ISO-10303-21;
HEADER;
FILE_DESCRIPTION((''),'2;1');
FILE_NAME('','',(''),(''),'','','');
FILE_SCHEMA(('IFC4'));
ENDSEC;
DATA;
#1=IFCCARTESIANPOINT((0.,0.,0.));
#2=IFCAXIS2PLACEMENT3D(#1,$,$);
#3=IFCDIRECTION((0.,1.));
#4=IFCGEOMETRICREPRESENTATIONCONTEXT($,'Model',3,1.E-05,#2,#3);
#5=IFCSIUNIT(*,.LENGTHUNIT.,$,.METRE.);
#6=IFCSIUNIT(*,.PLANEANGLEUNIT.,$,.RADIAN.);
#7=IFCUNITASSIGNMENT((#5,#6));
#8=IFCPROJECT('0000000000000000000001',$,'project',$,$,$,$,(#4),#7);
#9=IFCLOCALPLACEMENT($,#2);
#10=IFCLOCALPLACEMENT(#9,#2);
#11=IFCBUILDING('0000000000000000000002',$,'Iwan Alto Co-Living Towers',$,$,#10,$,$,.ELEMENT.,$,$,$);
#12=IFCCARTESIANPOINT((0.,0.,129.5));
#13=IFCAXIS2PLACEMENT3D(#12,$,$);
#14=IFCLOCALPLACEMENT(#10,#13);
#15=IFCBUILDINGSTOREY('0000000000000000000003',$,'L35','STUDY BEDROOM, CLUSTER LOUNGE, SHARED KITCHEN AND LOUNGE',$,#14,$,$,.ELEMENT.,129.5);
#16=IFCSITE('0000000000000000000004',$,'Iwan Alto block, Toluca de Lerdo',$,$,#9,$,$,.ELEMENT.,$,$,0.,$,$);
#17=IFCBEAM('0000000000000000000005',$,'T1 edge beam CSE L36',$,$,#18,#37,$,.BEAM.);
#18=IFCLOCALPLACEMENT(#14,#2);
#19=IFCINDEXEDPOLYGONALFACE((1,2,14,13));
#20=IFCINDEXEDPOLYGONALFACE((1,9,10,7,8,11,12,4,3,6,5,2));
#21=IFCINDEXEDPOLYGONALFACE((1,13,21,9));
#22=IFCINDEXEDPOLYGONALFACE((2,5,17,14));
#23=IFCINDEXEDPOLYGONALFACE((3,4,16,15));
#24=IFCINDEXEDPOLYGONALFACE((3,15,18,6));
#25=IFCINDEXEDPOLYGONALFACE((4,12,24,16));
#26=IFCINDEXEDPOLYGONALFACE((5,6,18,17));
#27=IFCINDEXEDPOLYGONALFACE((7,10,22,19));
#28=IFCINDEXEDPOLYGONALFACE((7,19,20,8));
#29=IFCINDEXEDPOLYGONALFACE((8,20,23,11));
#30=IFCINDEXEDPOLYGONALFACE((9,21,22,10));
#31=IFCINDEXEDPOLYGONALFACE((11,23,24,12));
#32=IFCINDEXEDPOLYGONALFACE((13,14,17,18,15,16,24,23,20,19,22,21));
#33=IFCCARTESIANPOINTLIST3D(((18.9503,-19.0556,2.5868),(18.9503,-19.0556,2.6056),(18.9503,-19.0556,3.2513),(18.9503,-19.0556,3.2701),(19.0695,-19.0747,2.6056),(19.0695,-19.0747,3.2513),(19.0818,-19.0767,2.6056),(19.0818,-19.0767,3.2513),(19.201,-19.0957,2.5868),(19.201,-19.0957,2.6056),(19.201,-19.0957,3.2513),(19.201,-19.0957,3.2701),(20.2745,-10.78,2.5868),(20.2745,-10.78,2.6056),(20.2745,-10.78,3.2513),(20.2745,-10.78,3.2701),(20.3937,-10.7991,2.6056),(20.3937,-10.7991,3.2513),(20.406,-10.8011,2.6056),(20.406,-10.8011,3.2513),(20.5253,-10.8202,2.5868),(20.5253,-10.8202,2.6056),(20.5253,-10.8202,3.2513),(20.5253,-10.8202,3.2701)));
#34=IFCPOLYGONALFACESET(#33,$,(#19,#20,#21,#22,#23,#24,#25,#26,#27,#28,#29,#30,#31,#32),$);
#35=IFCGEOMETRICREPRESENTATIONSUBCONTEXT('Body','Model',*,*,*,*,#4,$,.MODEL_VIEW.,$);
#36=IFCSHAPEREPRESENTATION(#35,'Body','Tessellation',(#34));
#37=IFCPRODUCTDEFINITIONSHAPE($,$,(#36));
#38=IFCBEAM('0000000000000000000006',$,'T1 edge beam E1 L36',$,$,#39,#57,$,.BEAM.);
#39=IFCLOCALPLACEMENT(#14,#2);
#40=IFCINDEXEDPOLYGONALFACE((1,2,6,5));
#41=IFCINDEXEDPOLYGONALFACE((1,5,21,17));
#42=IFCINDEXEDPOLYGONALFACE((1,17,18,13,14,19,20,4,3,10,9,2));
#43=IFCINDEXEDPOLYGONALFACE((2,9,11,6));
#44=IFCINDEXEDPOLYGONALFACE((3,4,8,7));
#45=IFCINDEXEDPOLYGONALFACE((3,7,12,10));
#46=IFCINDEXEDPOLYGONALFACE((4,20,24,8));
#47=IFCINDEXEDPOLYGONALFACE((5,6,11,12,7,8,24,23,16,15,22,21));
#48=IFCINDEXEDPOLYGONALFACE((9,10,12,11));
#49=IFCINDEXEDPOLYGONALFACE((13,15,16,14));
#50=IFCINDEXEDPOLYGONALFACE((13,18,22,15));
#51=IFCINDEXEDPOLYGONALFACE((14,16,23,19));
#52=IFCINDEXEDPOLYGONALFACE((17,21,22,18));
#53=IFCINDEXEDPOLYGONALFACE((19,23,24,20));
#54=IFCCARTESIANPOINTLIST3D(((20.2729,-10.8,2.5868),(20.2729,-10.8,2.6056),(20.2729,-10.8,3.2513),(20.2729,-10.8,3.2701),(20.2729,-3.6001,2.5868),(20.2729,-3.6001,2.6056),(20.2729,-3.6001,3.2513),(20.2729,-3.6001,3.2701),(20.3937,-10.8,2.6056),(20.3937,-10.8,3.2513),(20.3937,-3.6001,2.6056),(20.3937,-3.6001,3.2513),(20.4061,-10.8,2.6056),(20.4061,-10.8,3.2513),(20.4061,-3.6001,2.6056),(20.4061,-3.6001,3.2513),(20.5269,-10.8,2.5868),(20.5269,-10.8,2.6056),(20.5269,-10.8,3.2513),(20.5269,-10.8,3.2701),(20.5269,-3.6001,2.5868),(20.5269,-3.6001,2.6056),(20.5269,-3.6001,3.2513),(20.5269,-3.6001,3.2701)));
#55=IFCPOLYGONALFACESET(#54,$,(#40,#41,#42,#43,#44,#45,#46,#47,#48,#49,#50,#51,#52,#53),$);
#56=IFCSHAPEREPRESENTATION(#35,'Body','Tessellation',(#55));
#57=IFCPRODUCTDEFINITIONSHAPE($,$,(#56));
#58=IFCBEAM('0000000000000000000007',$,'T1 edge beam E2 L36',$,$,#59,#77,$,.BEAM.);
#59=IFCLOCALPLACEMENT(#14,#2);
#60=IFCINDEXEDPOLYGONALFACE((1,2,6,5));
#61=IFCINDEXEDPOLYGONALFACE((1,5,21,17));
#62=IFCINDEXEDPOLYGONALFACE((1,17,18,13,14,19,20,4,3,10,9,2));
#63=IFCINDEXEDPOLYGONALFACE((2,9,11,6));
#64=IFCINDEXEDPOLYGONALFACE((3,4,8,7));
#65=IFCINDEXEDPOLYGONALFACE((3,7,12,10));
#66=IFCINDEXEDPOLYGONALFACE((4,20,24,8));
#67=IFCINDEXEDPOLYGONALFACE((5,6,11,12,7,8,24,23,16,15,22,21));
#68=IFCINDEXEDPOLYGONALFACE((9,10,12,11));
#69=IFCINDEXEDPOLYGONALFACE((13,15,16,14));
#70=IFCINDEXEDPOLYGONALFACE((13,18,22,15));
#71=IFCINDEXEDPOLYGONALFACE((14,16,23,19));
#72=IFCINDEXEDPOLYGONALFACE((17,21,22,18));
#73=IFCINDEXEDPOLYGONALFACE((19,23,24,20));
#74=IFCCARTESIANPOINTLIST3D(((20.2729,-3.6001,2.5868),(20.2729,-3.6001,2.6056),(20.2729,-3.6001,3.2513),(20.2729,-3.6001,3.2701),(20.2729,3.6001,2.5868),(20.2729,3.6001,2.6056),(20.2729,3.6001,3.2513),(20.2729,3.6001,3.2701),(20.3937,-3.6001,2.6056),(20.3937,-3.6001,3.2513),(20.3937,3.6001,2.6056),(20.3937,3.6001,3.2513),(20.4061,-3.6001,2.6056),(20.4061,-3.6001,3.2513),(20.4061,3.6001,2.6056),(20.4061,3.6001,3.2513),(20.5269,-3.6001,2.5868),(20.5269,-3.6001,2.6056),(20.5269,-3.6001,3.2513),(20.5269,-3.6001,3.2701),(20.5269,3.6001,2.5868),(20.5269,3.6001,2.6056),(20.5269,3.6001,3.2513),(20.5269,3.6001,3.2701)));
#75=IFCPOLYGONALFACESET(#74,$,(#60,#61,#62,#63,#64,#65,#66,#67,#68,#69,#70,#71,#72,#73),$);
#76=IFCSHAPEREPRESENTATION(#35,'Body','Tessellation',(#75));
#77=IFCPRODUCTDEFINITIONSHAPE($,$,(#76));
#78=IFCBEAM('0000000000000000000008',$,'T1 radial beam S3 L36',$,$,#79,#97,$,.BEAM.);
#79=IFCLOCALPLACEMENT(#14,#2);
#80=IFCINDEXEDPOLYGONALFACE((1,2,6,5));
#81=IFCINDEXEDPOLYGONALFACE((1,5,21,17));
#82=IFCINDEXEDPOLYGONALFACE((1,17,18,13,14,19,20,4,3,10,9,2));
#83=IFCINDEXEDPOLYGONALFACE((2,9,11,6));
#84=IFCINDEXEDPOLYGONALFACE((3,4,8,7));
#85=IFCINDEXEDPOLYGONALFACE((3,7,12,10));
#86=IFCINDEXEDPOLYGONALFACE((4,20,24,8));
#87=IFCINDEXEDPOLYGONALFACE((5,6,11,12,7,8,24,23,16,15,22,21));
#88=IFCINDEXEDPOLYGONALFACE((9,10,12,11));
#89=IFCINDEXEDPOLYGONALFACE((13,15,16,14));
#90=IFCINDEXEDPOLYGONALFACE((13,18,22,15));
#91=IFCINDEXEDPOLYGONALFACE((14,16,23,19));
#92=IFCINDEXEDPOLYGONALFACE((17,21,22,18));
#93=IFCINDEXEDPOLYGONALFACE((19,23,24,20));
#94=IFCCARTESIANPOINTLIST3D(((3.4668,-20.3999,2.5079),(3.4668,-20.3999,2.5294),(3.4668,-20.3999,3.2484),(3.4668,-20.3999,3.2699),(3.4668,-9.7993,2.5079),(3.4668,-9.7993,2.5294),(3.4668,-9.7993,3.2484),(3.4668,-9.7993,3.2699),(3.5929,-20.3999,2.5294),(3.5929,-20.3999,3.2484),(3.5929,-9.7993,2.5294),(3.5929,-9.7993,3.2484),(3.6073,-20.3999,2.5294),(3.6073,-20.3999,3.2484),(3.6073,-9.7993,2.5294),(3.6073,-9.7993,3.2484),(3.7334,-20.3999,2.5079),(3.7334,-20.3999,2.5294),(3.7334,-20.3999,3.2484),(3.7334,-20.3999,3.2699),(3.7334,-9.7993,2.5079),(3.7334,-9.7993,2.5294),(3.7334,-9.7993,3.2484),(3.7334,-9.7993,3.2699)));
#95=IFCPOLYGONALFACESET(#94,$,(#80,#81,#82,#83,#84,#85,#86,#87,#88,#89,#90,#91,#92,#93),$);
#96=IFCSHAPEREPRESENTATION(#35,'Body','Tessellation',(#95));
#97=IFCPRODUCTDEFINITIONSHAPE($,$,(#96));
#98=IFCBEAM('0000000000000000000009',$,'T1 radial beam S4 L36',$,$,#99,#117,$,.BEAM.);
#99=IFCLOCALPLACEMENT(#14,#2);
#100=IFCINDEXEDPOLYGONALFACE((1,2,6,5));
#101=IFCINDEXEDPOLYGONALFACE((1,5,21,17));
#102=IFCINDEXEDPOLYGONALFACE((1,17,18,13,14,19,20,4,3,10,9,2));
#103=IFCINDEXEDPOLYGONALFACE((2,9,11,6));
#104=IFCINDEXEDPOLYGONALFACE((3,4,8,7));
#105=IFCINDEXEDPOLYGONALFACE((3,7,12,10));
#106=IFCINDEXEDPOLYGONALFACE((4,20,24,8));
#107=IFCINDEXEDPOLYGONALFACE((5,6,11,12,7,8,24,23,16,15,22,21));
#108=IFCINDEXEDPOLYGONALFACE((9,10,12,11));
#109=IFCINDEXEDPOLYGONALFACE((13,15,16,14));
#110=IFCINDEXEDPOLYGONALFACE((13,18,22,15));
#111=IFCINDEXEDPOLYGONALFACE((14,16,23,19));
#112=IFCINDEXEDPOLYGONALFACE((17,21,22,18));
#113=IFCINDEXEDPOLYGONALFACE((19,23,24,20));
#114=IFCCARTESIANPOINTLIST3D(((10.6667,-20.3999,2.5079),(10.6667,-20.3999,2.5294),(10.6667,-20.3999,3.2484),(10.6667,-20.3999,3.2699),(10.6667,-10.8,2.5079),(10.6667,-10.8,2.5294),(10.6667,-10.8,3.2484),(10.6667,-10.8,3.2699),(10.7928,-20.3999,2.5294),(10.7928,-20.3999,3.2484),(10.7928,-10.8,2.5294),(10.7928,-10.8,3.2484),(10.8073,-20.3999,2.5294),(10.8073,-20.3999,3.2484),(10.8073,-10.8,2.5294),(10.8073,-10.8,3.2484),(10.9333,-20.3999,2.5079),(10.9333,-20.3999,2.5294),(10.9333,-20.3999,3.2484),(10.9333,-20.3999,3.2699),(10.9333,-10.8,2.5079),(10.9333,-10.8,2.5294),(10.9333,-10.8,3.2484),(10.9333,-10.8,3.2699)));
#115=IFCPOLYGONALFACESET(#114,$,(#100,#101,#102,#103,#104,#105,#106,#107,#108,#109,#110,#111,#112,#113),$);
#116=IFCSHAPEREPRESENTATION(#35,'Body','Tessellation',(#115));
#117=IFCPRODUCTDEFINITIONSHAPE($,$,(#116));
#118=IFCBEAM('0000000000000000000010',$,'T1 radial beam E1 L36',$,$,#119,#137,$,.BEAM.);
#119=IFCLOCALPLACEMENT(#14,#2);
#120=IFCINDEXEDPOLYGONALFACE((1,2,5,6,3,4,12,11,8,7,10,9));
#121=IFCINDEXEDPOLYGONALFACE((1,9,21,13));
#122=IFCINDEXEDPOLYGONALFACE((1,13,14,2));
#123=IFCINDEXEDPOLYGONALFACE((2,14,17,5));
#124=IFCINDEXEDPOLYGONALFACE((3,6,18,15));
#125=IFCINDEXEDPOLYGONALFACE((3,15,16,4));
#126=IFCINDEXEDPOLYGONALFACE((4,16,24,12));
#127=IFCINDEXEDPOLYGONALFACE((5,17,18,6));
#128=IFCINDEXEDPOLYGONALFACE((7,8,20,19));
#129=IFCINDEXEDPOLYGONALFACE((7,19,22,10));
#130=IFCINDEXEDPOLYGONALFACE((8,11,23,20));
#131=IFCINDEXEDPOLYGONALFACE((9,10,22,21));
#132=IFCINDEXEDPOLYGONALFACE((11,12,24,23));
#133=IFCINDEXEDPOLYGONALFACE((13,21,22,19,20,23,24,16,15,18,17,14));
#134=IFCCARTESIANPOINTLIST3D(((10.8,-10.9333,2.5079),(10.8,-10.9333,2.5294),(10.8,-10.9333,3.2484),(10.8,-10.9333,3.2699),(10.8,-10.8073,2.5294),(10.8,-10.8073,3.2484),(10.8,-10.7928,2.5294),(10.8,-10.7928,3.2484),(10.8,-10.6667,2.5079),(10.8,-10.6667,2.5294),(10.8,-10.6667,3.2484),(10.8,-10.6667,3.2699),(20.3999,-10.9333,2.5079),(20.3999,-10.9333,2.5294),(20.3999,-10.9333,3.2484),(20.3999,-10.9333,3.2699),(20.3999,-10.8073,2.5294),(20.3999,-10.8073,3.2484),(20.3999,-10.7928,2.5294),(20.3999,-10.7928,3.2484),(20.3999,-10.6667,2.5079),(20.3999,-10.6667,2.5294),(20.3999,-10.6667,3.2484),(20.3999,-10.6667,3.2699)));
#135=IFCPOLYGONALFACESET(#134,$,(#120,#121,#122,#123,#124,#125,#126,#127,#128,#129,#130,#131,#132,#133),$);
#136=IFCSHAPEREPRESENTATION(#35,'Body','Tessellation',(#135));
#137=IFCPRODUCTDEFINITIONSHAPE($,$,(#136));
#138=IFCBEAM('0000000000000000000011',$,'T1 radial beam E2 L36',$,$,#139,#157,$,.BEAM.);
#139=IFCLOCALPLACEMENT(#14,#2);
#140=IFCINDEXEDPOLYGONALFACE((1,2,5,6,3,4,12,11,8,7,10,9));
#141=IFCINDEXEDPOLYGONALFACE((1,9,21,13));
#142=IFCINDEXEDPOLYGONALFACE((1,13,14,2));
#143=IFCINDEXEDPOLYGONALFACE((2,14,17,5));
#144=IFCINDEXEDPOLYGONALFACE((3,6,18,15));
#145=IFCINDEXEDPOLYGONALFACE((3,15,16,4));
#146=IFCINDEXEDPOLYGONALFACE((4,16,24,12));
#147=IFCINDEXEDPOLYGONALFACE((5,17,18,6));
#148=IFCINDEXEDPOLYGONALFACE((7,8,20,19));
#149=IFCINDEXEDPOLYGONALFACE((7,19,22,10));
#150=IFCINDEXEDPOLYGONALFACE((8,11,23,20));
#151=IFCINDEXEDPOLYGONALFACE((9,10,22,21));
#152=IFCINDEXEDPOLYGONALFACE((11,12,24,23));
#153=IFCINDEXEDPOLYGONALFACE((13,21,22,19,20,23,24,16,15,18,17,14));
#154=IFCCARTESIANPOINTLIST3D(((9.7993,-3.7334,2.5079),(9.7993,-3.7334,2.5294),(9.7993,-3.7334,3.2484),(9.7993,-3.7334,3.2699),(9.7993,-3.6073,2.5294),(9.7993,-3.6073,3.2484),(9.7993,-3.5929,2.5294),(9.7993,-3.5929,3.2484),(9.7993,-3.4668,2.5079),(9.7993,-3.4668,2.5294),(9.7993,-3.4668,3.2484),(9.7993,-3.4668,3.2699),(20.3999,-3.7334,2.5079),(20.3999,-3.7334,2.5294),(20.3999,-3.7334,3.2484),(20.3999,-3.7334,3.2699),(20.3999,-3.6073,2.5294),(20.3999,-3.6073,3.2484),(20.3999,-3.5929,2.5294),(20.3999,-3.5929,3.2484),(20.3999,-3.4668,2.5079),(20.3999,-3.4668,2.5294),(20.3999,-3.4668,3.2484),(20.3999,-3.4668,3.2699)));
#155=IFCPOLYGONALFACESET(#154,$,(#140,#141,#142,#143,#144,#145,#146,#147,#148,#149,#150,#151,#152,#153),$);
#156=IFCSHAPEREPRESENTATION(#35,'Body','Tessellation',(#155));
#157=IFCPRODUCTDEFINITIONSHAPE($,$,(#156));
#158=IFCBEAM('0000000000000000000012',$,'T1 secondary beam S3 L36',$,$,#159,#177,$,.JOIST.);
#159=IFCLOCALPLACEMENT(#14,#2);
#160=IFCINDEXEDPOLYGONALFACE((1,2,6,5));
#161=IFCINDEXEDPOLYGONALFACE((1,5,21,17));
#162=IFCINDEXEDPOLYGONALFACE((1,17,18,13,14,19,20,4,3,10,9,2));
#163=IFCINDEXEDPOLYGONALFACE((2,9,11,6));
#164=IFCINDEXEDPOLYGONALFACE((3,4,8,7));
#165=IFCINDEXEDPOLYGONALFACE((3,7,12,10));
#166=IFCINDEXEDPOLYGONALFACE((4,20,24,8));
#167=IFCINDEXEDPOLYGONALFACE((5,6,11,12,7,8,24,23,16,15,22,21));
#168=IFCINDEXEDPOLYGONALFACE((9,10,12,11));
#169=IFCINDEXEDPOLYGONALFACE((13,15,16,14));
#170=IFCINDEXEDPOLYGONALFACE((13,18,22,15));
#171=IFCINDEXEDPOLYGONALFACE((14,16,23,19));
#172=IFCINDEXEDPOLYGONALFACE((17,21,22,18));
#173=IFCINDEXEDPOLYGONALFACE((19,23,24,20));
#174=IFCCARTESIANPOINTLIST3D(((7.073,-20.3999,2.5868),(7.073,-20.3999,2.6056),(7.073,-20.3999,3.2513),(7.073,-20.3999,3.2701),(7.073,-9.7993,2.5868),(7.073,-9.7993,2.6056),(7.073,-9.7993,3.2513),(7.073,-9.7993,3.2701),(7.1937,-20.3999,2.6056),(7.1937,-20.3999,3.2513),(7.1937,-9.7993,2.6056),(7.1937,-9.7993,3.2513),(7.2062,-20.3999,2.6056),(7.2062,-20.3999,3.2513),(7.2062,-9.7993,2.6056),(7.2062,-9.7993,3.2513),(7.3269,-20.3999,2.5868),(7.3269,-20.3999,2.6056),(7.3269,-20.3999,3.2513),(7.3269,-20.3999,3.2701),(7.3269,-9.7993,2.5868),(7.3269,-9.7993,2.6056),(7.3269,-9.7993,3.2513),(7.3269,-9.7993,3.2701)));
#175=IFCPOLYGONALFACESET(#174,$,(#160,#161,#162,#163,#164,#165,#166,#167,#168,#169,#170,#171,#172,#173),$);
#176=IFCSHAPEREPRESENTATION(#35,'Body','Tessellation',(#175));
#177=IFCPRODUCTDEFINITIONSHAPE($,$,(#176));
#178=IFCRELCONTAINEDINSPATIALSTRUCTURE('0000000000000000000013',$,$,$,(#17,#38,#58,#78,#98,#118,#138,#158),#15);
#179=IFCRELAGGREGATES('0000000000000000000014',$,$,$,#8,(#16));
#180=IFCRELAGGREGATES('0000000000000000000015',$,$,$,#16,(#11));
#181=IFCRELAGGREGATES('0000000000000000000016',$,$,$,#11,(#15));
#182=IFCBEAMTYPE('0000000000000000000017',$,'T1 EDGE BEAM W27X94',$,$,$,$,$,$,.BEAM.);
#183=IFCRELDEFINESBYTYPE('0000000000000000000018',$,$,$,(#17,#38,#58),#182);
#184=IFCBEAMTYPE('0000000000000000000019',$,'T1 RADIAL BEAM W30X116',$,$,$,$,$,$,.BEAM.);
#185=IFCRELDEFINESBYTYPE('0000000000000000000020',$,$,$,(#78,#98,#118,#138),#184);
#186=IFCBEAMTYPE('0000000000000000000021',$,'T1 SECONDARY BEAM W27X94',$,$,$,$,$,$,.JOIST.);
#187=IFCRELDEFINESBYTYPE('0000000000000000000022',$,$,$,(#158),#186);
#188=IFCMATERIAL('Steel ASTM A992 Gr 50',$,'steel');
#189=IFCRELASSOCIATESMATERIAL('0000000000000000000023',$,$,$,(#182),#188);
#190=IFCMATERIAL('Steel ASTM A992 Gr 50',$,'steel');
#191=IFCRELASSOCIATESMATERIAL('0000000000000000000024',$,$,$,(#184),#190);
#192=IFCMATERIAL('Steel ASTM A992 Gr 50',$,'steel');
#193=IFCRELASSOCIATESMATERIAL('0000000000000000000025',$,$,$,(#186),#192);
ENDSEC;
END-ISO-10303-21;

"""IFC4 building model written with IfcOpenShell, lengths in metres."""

from ifc_helpers import new_model, si_unit, direction, frame, origin, origin_2d, place, context, subcontext, project, spatial, i_section, extrude, material, material_profile, profile_set, type_object, element, save


model = new_model("IFC4")

# Units and contexts
model_context = context("Model", 3, precision=1e-05, world=origin(), true_north=direction((0.0, 1.0)))
body_context = subcontext(model_context, "Body", "Model", "MODEL_VIEW")
ifc_project = project(units=[si_unit("LENGTHUNIT", "METRE"), si_unit("PLANEANGLEUNIT", "RADIAN")], contexts=[model_context])

# Site, building, storey
site_placement = place(None, origin())
site = spatial("IfcSite", under=ifc_project, at=site_placement, Name="Iwan Alto block, Toluca de Lerdo", CompositionType="ELEMENT", RefElevation=0.0)
building_placement = place(site_placement, origin())
building = spatial("IfcBuilding", under=site, at=building_placement, Name="Iwan Alto Co-Living Towers", CompositionType="ELEMENT")
storey_placement = place(building_placement, frame((0.0, 0.0, 129.5)))
storey = spatial("IfcBuildingStorey", under=building, at=storey_placement, Name="L35", Description="STUDY BEDROOM, CLUSTER LOUNGE, SHARED KITCHEN AND LOUNGE", CompositionType="ELEMENT", Elevation=129.5)

# Beams
ifc_material_1 = material(Name="Steel ASTM A992 Gr 50", Category="steel")
ifc_material_profile_1 = material_profile(ifc_material_1, i_section(OverallWidth=0.2539, OverallDepth=0.6833, WebThickness=0.0125, FlangeThickness=0.0188, at=origin_2d()), Name="W27X94")
ifc_profile_set_1 = profile_set([ifc_material_profile_1], Name="Steel ASTM A992 Gr 50")
beam_type_1 = type_object("IfcBeamType", Name="T1 EDGE BEAM W27X94", PredefinedType="BEAM", material=ifc_profile_set_1)
for number, where, z_axis, x_axis, name in (
    (1, (19.0757, -19.0757, 2.9285), (0.158004, 0.987438, 0.0), (-0.987438, 0.158004, 0.0), "T1 edge beam CSE L36"),
):
    element("IfcBeam", number, at=place(storey_placement, frame(where, z_axis=z_axis, x_axis=x_axis)), inside=storey, type_object=beam_type_1, Name=name, PredefinedType="BEAM", context=body_context, shape_type="SweptSolid", body=[
        extrude(i_section(OverallWidth=0.2539, OverallDepth=0.6833, WebThickness=0.0125, FlangeThickness=0.0188, at=origin_2d()), origin(), (0.0, 0.0, 1.0), 8.3809),
    ])
beam_1_placement = place(storey_placement, frame((20.3999, -10.8, 2.9285), z_axis=(0.0, 1.0, 0.0), x_axis=(-1.0, 0.0, 0.0)))
element("IfcBeam", 2, at=beam_1_placement, inside=storey, type_object=beam_type_1, Name="T1 edge beam E1 L36", PredefinedType="BEAM", context=body_context, shape_type="SweptSolid", body=[
    extrude(i_section(OverallWidth=0.2539, OverallDepth=0.6833, WebThickness=0.0125, FlangeThickness=0.0188, at=origin_2d()), origin(), (0.0, 0.0, 1.0), 7.2),
])
beam_2_placement = place(storey_placement, frame((20.3999, -3.6001, 2.9285), z_axis=(0.0, 1.0, 0.0), x_axis=(-1.0, 0.0, 0.0)))
element("IfcBeam", 3, at=beam_2_placement, inside=storey, type_object=beam_type_1, Name="T1 edge beam E2 L36", PredefinedType="BEAM", context=body_context, shape_type="SweptSolid", body=[
    extrude(i_section(OverallWidth=0.2539, OverallDepth=0.6833, WebThickness=0.0125, FlangeThickness=0.0188, at=origin_2d()), origin(), (0.0, 0.0, 1.0), 7.2002),
])
ifc_material_2 = material(Name="Steel ASTM A992 Gr 50", Category="steel")
ifc_material_profile_2 = material_profile(ifc_material_2, i_section(OverallWidth=0.2666, OverallDepth=0.762, WebThickness=0.0144, FlangeThickness=0.0215, at=origin_2d()), Name="W30X116")
ifc_profile_set_2 = profile_set([ifc_material_profile_2], Name="Steel ASTM A992 Gr 50")
beam_type_2 = type_object("IfcBeamType", Name="T1 RADIAL BEAM W30X116", PredefinedType="BEAM", material=ifc_profile_set_2)
beam_3_placement = place(storey_placement, frame((3.6001, -20.3999, 2.8889), z_axis=(0.0, 1.0, 0.0), x_axis=(-1.0, 0.0, 0.0)))
element("IfcBeam", 4, at=beam_3_placement, inside=storey, type_object=beam_type_2, Name="T1 radial beam S3 L36", PredefinedType="BEAM", context=body_context, shape_type="SweptSolid", body=[
    extrude(i_section(OverallWidth=0.2666, OverallDepth=0.762, WebThickness=0.0144, FlangeThickness=0.0215, at=origin_2d()), origin(), (0.0, 0.0, 1.0), 10.6006),
])
for number, where, z_axis, x_axis, name in (
    (5, (10.8, -20.3999, 2.8889), (0.0, 1.0, 0.0), (-1.0, 0.0, 0.0), "T1 radial beam S4 L36"),
    (6, (20.3999, -10.8, 2.8889), (-1.0, 0.0, 0.0), (0.0, -1.0, 0.0), "T1 radial beam E1 L36"),
):
    element("IfcBeam", number, at=place(storey_placement, frame(where, z_axis=z_axis, x_axis=x_axis)), inside=storey, type_object=beam_type_2, Name=name, PredefinedType="BEAM", context=body_context, shape_type="SweptSolid", body=[
        extrude(i_section(OverallWidth=0.2666, OverallDepth=0.762, WebThickness=0.0144, FlangeThickness=0.0215, at=origin_2d()), origin(), (0.0, 0.0, 1.0), 9.5999),
    ])
beam_4_placement = place(storey_placement, frame((20.3999, -3.6001, 2.8889), z_axis=(-1.0, 0.0, 0.0), x_axis=(0.0, -1.0, 0.0)))
element("IfcBeam", 7, at=beam_4_placement, inside=storey, type_object=beam_type_2, Name="T1 radial beam E2 L36", PredefinedType="BEAM", context=body_context, shape_type="SweptSolid", body=[
    extrude(i_section(OverallWidth=0.2666, OverallDepth=0.762, WebThickness=0.0144, FlangeThickness=0.0215, at=origin_2d()), origin(), (0.0, 0.0, 1.0), 10.6006),
])
ifc_material_3 = material(Name="Steel ASTM A992 Gr 50", Category="steel")
ifc_material_profile_3 = material_profile(ifc_material_3, i_section(OverallWidth=0.2539, OverallDepth=0.6833, WebThickness=0.0125, FlangeThickness=0.0188, at=origin_2d()), Name="W27X94")
ifc_profile_set_3 = profile_set([ifc_material_profile_3], Name="Steel ASTM A992 Gr 50")
beam_type_3 = type_object("IfcBeamType", Name="T1 SECONDARY BEAM W27X94", PredefinedType="JOIST", material=ifc_profile_set_3)
for number, where, z_axis, x_axis, name in (
    (8, (7.2, -20.3999, 2.9285), (0.0, 1.0, 0.0), (-1.0, 0.0, 0.0), "T1 secondary beam S3 L36"),
):
    element("IfcBeam", number, at=place(storey_placement, frame(where, z_axis=z_axis, x_axis=x_axis)), inside=storey, type_object=beam_type_3, Name=name, PredefinedType="JOIST", context=body_context, shape_type="SweptSolid", body=[
        extrude(i_section(OverallWidth=0.2539, OverallDepth=0.6833, WebThickness=0.0125, FlangeThickness=0.0188, at=origin_2d()), origin(), (0.0, 0.0, 1.0), 10.6006),
    ])

save(model, "model.ifc")
